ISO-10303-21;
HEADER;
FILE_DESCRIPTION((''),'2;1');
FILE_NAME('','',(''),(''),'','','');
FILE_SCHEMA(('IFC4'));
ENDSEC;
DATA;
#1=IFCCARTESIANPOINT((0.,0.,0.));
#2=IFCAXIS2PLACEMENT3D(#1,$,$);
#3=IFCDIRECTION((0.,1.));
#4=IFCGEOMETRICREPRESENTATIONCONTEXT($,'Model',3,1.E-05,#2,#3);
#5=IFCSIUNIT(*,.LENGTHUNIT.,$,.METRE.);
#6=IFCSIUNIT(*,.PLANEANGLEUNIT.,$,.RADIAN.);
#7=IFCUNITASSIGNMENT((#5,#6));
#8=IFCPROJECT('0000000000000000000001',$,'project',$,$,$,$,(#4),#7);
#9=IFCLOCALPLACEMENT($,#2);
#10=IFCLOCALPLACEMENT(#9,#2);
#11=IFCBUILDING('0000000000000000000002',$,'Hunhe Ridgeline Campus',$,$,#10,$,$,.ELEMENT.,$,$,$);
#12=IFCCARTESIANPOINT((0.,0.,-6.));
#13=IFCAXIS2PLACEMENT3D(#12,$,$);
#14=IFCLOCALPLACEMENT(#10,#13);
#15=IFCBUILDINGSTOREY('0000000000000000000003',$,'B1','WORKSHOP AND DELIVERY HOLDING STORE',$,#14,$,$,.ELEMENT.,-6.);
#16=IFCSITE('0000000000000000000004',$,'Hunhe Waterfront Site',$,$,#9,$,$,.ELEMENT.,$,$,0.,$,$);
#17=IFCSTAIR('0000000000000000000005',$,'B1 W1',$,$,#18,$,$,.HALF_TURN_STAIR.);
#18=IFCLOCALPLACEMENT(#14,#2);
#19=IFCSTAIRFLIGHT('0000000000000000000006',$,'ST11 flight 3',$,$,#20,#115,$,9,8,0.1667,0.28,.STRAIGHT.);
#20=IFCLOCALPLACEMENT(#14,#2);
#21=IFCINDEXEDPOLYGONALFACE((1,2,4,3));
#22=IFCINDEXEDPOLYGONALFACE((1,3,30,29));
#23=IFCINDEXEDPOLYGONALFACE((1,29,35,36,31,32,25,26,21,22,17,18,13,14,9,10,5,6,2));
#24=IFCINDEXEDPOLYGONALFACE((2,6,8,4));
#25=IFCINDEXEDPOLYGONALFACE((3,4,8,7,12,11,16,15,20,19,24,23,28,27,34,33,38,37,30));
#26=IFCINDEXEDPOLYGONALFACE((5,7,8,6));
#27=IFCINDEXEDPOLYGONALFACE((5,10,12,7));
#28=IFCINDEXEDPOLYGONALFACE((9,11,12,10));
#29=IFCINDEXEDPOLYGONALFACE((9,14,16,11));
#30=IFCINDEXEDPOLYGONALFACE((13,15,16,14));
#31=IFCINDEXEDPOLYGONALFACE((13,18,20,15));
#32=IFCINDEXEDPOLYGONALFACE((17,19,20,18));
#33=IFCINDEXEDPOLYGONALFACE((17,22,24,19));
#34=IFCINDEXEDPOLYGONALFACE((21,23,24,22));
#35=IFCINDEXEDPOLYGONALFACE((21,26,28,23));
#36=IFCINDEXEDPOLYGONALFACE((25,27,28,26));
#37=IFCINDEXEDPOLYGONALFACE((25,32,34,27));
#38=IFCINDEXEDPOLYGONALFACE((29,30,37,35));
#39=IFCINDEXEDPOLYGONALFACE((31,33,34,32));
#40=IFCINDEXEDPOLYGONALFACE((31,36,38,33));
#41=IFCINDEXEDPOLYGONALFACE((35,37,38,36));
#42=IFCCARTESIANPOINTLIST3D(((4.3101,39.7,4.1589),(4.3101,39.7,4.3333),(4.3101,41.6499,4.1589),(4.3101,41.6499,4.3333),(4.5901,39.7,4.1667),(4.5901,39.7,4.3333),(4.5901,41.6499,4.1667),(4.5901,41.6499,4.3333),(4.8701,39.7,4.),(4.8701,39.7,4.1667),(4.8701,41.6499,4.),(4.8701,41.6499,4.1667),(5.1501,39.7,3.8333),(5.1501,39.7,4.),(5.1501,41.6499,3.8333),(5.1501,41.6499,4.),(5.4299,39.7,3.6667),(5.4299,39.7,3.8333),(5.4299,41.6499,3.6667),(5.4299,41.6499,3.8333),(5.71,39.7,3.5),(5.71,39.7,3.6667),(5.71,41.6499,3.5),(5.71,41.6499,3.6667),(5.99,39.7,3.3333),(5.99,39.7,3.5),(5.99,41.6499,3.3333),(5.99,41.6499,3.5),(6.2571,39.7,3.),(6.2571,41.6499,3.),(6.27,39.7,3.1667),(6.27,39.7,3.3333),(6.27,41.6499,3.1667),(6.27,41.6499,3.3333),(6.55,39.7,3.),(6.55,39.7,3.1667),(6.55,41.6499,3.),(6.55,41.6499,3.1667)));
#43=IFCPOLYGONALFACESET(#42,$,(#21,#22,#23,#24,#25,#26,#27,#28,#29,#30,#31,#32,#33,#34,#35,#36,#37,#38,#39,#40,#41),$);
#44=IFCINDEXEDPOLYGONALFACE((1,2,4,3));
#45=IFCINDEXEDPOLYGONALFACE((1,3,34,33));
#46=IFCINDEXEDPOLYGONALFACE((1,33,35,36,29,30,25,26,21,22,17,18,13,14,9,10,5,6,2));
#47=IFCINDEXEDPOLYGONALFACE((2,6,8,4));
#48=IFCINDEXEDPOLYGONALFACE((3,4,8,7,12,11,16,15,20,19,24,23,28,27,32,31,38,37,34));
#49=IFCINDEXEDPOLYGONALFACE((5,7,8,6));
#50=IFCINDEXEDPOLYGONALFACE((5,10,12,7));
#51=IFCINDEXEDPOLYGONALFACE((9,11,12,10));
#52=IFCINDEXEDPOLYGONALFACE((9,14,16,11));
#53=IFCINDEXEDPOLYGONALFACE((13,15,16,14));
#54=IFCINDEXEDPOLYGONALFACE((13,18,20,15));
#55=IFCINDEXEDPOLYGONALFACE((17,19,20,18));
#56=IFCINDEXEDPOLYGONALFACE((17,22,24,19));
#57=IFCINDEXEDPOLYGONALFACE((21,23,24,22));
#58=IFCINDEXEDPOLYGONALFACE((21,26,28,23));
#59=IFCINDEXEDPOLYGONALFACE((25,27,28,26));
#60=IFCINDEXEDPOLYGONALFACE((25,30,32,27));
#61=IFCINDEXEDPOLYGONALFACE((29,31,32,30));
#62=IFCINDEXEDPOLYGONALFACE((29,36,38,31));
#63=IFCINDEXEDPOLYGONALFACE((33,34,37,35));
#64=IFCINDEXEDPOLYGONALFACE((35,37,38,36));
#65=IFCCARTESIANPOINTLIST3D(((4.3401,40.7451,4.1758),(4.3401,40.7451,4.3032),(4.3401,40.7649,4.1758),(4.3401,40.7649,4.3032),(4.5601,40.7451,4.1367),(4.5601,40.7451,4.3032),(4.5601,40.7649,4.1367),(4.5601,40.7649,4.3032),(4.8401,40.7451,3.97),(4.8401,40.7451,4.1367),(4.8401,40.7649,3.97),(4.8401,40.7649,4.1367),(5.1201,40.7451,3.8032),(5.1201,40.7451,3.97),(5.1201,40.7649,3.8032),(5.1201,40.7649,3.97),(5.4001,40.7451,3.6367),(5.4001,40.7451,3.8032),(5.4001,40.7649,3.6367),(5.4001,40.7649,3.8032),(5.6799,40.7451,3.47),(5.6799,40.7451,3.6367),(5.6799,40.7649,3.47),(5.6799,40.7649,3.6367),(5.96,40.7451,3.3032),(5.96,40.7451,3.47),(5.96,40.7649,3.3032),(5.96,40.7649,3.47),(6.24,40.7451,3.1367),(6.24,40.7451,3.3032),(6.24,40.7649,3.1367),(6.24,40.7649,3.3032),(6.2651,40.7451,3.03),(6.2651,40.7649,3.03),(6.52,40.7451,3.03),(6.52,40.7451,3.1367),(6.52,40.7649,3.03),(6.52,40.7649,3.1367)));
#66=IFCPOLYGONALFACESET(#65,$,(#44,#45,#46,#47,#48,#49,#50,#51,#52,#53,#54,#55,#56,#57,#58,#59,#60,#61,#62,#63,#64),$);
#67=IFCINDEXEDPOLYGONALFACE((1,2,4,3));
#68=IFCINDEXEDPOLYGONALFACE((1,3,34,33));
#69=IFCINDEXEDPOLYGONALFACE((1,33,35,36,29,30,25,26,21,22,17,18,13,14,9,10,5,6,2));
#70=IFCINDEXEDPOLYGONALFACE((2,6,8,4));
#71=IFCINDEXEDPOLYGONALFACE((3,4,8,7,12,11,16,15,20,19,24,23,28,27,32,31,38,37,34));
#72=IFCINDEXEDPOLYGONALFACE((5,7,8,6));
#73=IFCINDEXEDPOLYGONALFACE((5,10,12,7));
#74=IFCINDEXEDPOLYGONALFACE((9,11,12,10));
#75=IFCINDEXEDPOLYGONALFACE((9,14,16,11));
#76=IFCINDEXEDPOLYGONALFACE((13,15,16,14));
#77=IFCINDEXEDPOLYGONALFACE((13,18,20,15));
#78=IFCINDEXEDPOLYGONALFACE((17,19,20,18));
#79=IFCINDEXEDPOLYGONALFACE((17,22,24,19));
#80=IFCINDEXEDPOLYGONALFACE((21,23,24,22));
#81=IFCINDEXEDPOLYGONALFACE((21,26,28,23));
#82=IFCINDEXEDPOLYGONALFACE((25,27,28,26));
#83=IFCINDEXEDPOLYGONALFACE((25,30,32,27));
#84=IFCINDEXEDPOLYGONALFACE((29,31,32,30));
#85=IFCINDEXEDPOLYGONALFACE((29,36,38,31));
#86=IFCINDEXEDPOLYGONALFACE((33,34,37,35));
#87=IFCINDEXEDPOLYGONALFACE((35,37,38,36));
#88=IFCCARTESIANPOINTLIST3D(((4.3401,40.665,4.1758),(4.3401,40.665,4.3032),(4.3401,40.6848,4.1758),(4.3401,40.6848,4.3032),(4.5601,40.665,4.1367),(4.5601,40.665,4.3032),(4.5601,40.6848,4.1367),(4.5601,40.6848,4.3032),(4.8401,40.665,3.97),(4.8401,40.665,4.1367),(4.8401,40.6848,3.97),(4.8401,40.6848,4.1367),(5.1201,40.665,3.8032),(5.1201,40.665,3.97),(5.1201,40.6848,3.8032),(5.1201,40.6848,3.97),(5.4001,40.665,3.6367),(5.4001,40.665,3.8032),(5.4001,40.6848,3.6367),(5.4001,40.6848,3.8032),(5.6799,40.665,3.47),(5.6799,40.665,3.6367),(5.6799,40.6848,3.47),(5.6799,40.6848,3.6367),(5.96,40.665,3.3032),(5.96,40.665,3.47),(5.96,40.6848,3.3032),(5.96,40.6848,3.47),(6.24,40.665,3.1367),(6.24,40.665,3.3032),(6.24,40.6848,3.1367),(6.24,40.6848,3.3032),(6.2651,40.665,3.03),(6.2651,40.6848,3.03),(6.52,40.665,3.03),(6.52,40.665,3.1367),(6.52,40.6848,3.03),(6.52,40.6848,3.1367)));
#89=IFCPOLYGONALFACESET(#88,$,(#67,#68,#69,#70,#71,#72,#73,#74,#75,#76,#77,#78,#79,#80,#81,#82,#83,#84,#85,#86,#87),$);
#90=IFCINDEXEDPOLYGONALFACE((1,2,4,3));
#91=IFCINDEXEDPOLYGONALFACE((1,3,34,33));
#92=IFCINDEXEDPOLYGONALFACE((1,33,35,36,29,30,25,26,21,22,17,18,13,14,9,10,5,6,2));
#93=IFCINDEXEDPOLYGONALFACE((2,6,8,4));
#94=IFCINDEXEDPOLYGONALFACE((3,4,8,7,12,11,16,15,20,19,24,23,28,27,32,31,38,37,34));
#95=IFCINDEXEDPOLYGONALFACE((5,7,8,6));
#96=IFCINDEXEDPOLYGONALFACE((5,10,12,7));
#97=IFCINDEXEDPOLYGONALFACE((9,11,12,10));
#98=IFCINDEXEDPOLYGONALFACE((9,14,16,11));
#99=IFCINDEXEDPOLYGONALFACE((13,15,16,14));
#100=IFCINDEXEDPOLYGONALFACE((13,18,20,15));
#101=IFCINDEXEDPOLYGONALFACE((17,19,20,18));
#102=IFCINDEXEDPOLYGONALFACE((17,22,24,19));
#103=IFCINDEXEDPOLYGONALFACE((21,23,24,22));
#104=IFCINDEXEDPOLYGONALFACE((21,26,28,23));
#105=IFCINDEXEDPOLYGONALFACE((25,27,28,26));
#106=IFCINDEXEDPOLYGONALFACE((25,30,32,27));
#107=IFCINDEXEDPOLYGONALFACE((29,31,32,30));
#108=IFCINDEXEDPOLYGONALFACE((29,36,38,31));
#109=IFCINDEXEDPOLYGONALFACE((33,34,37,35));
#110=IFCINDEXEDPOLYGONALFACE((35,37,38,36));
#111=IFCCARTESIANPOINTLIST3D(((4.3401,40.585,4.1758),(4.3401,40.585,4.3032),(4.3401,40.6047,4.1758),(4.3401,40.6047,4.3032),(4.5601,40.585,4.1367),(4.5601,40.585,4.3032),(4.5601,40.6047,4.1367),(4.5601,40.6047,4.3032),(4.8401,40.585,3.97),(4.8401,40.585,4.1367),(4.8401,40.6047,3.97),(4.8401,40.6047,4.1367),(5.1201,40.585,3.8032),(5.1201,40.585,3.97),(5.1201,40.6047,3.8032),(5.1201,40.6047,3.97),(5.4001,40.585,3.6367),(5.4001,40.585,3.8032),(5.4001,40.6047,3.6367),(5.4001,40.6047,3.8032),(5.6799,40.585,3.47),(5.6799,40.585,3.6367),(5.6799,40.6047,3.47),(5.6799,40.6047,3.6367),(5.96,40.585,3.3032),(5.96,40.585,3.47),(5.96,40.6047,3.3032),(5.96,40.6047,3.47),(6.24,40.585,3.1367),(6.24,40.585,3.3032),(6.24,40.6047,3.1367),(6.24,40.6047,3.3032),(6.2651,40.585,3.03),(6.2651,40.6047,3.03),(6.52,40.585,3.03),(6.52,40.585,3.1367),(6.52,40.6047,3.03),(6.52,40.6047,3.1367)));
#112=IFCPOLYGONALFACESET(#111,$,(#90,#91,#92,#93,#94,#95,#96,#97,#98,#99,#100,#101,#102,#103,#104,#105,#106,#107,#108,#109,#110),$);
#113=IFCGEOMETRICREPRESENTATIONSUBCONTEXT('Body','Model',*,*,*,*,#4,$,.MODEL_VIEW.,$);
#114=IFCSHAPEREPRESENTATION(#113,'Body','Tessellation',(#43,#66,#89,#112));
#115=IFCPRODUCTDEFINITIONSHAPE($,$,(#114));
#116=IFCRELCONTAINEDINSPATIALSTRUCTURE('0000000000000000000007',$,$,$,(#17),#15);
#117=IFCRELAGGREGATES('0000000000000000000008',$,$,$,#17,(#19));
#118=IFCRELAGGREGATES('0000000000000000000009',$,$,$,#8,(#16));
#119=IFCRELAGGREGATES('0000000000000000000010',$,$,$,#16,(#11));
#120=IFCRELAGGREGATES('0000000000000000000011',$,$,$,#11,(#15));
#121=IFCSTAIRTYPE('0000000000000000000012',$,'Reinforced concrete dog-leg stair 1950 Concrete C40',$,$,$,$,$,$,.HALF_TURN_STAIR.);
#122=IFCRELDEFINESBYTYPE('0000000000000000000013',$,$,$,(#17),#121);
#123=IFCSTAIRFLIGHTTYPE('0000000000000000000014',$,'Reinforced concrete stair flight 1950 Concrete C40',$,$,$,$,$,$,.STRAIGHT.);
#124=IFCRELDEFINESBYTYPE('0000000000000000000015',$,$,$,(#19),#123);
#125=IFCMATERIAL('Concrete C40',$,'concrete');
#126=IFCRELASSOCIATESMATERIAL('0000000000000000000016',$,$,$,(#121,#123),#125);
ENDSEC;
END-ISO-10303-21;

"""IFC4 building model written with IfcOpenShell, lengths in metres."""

from ifc_helpers import new_model, si_unit, direction, frame, origin, place, context, subcontext, project, spatial, polyline, outline, extrude, material, type_object, element, aggregate, save


model = new_model("IFC4")

# Units and contexts
model_context = context("Model", 3, precision=1e-05, world=origin(), true_north=direction((0.0, 1.0)))
body_context = subcontext(model_context, "Body", "Model", "MODEL_VIEW")
ifc_project = project(units=[si_unit("LENGTHUNIT", "METRE"), si_unit("PLANEANGLEUNIT", "RADIAN")], contexts=[model_context])

# Site, building, storey
site_placement = place(None, origin())
site = spatial("IfcSite", under=ifc_project, at=site_placement, Name="Hunhe Waterfront Site", CompositionType="ELEMENT", RefElevation=0.0)
building_placement = place(site_placement, origin())
building = spatial("IfcBuilding", under=site, at=building_placement, Name="Hunhe Ridgeline Campus", CompositionType="ELEMENT")
storey_placement = place(building_placement, frame((0.0, 0.0, -6.0)))
storey = spatial("IfcBuildingStorey", under=building, at=storey_placement, Name="B1", Description="WORKSHOP AND DELIVERY HOLDING STORE", CompositionType="ELEMENT", Elevation=-6.0)

# Stair, stair flight
ifc_material_1 = material(Name="Concrete C40", Category="concrete")
stair_type = type_object("IfcStairType", Name="Reinforced concrete dog-leg stair 1950 Concrete C40", PredefinedType="HALF_TURN_STAIR", material=ifc_material_1)
stair_placement = place(storey_placement, origin())
stair = element("IfcStair", 1, at=stair_placement, inside=storey, type_object=stair_type, Name="B1 W1", PredefinedType="HALF_TURN_STAIR")
stair_flight_type = type_object("IfcStairFlightType", Name="Reinforced concrete stair flight 1950 Concrete C40", PredefinedType="STRAIGHT", material=ifc_material_1)
stair_flight_1_placement = place(storey_placement, frame((6.55, 40.675, 3.0), z_axis=(0.0, 0.0, 1.0), x_axis=(-1.0, 0.0, 0.0)))
stair_flight_1 = element("IfcStairFlight", 2, at=stair_flight_1_placement, type_object=stair_flight_type, Name="ST11 flight 3", NumberOfRisers=9, NumberOfTreads=8, PredefinedType="STRAIGHT", RiserHeight=0.1667, TreadLength=0.28, context=body_context, shape_type="SweptSolid", body=[
    extrude(outline(polyline([(0.0, 0.0), (0.0, 0.1667), (0.28, 0.1667), (0.28, 0.3333), (0.5601, 0.3333), (0.5601, 0.5), (0.8401, 0.5), (0.8401, 0.6667), (1.1201, 0.6667), (1.1201, 0.8333), (1.3999, 0.8333), (1.3999, 1.0), (1.6799, 1.0), (1.6799, 1.1667), (1.96, 1.1667), (1.96, 1.3333), (2.24, 1.3333), (2.24, 1.5), (2.24, 1.1589), (0.293, 0.0), (0.0, 0.0)])), frame((0.0, 0.9751, 0.0), z_axis=(0.0, -1.0, 0.0), x_axis=(1.0, 0.0, 0.0)), (0.0, 0.0, 1.0), 1.95),
    extrude(outline(polyline([(0.03, 0.03), (0.03, 0.1367), (0.3101, 0.1367), (0.3101, 0.3032), (0.5901, 0.3032), (0.5901, 0.47), (0.8701, 0.47), (0.8701, 0.6367), (1.1499, 0.6367), (1.1499, 0.8032), (1.4299, 0.8032), (1.4299, 0.97), (1.71, 0.97), (1.71, 1.1367), (1.99, 1.1367), (1.99, 1.3032), (2.21, 1.3032), (2.21, 1.1758), (0.2849, 0.03), (0.03, 0.03)])), frame((0.0, -0.0701, 0.0), z_axis=(0.0, -1.0, 0.0), x_axis=(1.0, 0.0, 0.0)), (0.0, 0.0, 1.0), 0.0198),
    extrude(outline(polyline([(0.03, 0.03), (0.03, 0.1367), (0.3101, 0.1367), (0.3101, 0.3032), (0.5901, 0.3032), (0.5901, 0.47), (0.8701, 0.47), (0.8701, 0.6367), (1.1499, 0.6367), (1.1499, 0.8032), (1.4299, 0.8032), (1.4299, 0.97), (1.71, 0.97), (1.71, 1.1367), (1.99, 1.1367), (1.99, 1.3032), (2.21, 1.3032), (2.21, 1.1758), (0.2849, 0.03), (0.03, 0.03)])), frame((0.0, 0.01, 0.0), z_axis=(0.0, -1.0, 0.0), x_axis=(1.0, 0.0, 0.0)), (0.0, 0.0, 1.0), 0.0198),
    extrude(outline(polyline([(0.03, 0.03), (0.03, 0.1367), (0.3101, 0.1367), (0.3101, 0.3032), (0.5901, 0.3032), (0.5901, 0.47), (0.8701, 0.47), (0.8701, 0.6367), (1.1499, 0.6367), (1.1499, 0.8032), (1.4299, 0.8032), (1.4299, 0.97), (1.71, 0.97), (1.71, 1.1367), (1.99, 1.1367), (1.99, 1.3032), (2.21, 1.3032), (2.21, 1.1758), (0.2849, 0.03), (0.03, 0.03)])), frame((0.0, 0.0901, 0.0), z_axis=(0.0, -1.0, 0.0), x_axis=(1.0, 0.0, 0.0)), (0.0, 0.0, 1.0), 0.0198),
])
aggregate(stair, [stair_flight_1])

save(model, "model.ifc")
